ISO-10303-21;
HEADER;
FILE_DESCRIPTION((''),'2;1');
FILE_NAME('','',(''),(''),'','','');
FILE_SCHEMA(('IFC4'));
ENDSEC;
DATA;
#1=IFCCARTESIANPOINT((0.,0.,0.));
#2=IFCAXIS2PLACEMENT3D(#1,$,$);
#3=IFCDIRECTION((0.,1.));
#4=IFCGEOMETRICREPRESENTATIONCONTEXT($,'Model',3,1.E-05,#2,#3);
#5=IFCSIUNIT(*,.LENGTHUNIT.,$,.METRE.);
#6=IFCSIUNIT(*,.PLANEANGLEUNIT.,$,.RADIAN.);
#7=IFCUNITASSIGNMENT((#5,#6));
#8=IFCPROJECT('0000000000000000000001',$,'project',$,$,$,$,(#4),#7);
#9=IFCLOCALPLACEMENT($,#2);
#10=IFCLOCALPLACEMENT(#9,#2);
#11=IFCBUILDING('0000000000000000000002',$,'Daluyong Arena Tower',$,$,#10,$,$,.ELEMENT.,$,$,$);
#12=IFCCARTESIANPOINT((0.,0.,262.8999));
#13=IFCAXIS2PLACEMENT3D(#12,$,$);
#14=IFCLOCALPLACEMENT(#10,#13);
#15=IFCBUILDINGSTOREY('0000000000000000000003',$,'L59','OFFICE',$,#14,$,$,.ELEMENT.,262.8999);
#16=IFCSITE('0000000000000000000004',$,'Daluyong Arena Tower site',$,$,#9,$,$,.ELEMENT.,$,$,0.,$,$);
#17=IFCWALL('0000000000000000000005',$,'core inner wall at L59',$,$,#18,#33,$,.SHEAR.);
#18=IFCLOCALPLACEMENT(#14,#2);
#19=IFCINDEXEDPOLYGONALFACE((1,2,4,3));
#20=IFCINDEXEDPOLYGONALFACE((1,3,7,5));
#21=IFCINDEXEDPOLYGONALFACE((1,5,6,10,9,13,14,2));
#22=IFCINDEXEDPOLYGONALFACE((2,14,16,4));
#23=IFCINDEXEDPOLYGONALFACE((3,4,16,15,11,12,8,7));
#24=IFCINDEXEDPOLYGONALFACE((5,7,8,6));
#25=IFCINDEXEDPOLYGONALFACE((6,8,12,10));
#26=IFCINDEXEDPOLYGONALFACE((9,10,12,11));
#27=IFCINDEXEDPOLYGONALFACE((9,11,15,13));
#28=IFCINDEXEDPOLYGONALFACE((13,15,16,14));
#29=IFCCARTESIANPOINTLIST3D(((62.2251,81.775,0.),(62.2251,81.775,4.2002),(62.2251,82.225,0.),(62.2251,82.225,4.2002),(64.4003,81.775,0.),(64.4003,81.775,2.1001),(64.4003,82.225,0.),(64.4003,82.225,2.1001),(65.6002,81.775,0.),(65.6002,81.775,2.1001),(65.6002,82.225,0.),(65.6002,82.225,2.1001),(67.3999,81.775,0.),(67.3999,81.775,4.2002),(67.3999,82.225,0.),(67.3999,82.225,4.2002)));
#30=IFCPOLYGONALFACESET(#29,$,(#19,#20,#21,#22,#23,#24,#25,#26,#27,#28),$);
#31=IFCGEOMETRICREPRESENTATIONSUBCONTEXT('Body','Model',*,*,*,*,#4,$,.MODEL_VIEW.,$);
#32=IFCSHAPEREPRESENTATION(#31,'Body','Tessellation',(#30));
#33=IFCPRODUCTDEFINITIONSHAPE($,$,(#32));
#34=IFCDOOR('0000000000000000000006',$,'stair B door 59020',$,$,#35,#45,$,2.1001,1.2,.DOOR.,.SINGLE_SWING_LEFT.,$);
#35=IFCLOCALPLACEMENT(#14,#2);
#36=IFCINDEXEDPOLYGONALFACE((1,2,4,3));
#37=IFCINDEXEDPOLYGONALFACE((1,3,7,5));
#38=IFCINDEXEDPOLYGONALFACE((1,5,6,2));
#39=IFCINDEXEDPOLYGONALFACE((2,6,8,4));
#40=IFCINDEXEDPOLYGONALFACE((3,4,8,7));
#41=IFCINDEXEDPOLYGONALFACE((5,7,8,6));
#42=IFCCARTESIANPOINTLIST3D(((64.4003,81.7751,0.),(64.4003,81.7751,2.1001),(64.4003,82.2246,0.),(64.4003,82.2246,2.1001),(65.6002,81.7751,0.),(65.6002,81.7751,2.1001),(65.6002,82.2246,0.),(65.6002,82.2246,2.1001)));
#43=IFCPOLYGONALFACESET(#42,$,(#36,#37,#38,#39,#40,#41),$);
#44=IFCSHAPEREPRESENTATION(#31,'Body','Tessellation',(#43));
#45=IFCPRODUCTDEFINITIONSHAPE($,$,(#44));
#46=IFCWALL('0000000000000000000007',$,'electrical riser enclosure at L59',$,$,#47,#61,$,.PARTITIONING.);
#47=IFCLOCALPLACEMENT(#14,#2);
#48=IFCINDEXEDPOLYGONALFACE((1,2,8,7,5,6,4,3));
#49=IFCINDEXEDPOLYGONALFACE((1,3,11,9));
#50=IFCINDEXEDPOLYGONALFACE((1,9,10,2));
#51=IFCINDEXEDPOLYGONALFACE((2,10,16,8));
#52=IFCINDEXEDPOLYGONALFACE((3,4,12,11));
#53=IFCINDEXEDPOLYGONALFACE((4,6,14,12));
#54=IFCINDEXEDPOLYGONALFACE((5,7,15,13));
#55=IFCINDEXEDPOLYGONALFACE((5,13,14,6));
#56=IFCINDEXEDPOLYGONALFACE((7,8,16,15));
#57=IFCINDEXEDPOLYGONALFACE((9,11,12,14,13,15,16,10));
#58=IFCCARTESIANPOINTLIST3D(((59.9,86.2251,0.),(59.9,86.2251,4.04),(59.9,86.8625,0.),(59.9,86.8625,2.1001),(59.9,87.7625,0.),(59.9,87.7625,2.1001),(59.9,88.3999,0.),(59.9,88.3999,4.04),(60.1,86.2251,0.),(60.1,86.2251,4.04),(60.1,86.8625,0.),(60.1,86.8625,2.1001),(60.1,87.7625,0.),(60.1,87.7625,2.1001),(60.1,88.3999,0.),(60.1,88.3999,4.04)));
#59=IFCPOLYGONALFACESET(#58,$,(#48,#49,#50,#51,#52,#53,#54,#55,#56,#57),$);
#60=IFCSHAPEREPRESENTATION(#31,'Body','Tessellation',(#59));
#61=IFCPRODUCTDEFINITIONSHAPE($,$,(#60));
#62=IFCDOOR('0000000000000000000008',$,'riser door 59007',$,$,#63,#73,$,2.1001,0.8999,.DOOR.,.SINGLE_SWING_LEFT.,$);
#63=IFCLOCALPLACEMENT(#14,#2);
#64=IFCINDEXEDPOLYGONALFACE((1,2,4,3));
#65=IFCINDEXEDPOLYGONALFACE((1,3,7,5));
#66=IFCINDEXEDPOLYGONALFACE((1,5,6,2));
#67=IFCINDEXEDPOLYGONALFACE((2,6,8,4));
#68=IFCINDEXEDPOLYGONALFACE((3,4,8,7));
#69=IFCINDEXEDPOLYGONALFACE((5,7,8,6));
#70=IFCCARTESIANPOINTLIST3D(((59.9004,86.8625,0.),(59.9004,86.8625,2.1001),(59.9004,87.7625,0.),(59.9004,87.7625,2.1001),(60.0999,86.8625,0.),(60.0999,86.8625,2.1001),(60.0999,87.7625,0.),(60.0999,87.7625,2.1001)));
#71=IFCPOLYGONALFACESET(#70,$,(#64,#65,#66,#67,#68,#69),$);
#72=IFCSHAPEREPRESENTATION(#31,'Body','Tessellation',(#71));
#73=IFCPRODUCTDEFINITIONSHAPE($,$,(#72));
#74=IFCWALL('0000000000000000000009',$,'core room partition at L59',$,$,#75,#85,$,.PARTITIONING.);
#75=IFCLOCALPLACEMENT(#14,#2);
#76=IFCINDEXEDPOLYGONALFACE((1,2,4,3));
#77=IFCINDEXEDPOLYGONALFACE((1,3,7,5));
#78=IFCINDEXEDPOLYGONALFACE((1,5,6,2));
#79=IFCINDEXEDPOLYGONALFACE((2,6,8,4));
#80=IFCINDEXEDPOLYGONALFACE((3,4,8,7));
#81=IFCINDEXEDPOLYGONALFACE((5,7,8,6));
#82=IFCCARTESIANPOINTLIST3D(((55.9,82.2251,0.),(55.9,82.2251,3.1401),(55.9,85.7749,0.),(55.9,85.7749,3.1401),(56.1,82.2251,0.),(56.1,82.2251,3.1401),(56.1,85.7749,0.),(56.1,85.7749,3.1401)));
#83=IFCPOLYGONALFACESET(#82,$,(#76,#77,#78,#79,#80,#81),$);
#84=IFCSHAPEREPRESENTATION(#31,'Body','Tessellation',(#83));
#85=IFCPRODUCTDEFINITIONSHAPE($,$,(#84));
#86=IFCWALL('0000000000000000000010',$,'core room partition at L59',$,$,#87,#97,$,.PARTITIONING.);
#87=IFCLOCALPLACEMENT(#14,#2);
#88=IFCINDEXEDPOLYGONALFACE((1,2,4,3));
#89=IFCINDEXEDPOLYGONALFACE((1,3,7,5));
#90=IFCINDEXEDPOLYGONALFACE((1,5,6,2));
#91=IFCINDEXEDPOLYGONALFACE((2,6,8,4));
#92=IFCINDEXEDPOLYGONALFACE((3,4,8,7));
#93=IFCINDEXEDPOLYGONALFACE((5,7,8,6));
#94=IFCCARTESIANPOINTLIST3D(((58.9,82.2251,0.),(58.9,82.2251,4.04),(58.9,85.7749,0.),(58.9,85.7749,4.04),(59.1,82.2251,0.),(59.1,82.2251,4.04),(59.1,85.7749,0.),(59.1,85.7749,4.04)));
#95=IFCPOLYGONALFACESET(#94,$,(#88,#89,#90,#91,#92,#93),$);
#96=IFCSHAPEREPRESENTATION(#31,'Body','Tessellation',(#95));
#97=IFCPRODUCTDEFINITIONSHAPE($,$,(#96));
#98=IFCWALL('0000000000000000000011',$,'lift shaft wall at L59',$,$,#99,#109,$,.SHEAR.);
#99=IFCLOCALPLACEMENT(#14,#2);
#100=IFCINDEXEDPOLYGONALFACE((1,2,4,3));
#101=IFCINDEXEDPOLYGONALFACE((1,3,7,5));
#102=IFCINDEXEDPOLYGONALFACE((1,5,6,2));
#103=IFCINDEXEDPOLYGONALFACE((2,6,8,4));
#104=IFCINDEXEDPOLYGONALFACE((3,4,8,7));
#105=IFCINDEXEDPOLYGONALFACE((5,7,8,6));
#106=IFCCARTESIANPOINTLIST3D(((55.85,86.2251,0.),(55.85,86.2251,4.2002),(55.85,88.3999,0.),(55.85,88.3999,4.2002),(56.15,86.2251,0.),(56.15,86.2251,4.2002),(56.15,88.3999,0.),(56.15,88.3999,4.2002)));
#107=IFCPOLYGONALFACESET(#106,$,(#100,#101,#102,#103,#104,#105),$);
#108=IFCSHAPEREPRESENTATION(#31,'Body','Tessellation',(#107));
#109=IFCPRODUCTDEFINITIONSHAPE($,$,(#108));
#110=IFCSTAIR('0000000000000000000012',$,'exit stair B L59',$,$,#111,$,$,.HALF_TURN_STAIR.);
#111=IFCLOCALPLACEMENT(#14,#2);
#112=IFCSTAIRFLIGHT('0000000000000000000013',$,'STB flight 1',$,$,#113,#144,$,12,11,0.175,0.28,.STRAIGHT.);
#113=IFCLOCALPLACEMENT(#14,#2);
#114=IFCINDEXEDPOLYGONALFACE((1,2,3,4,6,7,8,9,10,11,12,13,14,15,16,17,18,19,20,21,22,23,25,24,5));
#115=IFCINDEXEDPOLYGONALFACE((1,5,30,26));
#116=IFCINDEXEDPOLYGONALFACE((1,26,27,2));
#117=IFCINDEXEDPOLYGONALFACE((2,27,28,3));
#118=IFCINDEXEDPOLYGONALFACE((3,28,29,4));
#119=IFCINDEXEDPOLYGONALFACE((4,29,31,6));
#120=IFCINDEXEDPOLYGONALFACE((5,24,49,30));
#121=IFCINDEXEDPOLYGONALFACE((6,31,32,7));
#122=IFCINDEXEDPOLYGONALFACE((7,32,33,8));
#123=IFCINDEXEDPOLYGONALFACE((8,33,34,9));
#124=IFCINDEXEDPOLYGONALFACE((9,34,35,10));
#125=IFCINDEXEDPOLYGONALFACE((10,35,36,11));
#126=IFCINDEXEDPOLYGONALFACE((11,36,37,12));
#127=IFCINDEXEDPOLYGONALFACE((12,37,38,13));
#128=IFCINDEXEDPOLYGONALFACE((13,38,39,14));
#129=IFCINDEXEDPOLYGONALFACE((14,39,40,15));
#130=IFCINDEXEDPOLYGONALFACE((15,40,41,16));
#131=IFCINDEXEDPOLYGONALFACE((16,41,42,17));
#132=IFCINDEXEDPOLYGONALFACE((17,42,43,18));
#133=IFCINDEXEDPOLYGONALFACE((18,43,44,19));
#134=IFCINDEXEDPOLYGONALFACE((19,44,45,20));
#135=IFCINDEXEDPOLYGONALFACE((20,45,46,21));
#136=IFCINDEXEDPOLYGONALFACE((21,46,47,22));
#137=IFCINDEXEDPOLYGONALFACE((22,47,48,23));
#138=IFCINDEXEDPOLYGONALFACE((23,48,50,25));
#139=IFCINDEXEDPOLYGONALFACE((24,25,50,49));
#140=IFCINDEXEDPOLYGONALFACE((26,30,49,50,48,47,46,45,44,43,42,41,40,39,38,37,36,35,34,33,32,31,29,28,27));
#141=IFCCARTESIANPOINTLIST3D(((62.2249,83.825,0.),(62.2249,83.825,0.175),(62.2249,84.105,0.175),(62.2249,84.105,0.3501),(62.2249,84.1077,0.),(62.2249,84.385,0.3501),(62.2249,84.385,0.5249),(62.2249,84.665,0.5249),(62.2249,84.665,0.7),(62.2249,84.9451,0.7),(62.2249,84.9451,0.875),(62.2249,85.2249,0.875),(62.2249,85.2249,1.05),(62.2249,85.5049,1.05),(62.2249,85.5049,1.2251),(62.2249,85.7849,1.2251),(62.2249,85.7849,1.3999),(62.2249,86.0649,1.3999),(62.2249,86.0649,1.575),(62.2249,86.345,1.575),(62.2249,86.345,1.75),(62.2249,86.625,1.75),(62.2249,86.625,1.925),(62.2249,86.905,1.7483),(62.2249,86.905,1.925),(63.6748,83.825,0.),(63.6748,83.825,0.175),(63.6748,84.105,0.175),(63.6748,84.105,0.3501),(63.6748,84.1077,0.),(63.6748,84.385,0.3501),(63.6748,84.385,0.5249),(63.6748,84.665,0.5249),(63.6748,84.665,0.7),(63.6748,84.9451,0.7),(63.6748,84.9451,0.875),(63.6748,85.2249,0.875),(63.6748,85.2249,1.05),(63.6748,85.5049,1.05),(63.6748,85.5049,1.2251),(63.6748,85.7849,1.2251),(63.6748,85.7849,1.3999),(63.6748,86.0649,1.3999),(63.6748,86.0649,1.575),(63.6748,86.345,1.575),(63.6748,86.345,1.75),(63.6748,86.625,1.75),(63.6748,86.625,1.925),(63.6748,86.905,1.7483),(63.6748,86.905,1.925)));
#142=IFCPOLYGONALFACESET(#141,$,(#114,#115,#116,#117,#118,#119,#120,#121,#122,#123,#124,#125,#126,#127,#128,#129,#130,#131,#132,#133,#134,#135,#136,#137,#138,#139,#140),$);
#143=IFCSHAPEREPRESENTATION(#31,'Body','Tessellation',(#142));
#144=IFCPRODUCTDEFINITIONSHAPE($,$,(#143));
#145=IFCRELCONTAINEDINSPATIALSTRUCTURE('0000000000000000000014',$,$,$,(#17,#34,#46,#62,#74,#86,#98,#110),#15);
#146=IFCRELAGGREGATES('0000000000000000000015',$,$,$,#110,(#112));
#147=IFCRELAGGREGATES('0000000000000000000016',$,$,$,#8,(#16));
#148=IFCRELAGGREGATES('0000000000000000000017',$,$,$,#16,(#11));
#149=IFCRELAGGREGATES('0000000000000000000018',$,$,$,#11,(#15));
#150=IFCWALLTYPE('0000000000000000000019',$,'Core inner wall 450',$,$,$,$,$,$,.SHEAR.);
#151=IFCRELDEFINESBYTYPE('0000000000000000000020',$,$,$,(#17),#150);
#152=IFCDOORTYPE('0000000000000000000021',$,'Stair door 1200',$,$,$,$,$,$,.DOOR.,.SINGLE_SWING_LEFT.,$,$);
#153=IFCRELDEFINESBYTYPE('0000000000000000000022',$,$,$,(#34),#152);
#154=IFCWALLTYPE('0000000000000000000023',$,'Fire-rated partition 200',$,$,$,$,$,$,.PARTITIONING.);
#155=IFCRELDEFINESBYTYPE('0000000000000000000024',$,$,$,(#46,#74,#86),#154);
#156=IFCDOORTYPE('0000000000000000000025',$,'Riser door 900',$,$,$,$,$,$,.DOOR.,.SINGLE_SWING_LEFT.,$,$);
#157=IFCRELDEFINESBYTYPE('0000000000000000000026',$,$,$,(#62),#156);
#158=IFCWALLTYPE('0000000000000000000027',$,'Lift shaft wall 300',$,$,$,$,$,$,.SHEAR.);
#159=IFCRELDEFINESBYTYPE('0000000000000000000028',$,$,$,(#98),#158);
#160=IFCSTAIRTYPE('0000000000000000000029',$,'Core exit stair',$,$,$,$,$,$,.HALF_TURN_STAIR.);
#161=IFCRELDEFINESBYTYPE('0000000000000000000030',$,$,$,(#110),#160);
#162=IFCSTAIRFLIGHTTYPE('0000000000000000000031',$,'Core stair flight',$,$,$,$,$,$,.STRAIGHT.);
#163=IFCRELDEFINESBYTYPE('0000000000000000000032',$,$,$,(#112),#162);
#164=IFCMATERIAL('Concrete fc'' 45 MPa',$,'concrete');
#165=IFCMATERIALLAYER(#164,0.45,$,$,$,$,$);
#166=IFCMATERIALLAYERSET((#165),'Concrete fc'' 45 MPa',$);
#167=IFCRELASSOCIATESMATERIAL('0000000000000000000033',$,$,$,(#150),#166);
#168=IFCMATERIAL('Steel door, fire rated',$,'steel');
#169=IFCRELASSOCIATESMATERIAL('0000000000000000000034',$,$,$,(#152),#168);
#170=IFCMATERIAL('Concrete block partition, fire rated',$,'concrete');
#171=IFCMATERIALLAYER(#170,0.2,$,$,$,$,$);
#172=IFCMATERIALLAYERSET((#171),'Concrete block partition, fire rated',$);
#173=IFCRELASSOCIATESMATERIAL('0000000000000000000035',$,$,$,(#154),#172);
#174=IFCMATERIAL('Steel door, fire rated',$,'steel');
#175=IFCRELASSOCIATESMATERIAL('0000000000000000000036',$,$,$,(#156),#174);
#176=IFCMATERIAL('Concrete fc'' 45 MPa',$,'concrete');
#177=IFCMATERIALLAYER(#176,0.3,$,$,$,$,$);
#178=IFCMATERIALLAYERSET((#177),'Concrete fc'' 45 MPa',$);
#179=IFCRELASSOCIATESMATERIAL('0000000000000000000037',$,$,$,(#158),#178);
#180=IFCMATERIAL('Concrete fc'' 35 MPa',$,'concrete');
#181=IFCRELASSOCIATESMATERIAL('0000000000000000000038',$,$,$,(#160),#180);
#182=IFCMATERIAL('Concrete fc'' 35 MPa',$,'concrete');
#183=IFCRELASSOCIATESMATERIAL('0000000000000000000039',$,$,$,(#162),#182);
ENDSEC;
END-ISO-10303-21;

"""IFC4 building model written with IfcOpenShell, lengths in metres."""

from ifc_helpers import new_model, si_unit, direction, frame, frame_2d, origin, place, context, subcontext, project, spatial, polyline, rectangle, outline, extrude, material, layer, layer_set, type_object, element, fill, aggregate, save


model = new_model("IFC4")

# Units and contexts
model_context = context("Model", 3, precision=1e-05, world=origin(), true_north=direction((0.0, 1.0)))
body_context = subcontext(model_context, "Body", "Model", "MODEL_VIEW")
ifc_project = project(units=[si_unit("LENGTHUNIT", "METRE"), si_unit("PLANEANGLEUNIT", "RADIAN")], contexts=[model_context])

# Site, building, storey
site_placement = place(None, origin())
site = spatial("IfcSite", under=ifc_project, at=site_placement, Name="Daluyong Arena Tower site", CompositionType="ELEMENT", RefElevation=0.0)
building_placement = place(site_placement, origin())
building = spatial("IfcBuilding", under=site, at=building_placement, Name="Daluyong Arena Tower", CompositionType="ELEMENT")
storey_placement = place(building_placement, frame((0.0, 0.0, 262.8999)))
storey = spatial("IfcBuildingStorey", under=building, at=storey_placement, Name="L59", Description="OFFICE", CompositionType="ELEMENT", Elevation=262.8999)

# Walls, openings, doors
ifc_material_1 = material(Name="Concrete fc' 45 MPa", Category="concrete")
ifc_layer_1 = layer(ifc_material_1, 0.45)
ifc_layer_set_1 = layer_set([ifc_layer_1], Name="Concrete fc' 45 MPa")
wall_type_1 = type_object("IfcWallType", Name="Core inner wall 450", PredefinedType="SHEAR", material=ifc_layer_set_1)
wall_1_placement = place(storey_placement, frame((62.2251, 82.0, 0.0), z_axis=(0.0, 0.0, 1.0), x_axis=(1.0, 0.0, 0.0)))
wall_1 = element("IfcWall", 1, at=wall_1_placement, inside=storey, type_object=wall_type_1, Name="core inner wall at L59", PredefinedType="SHEAR", context=body_context, shape_type="SweptSolid", body=[
    extrude(rectangle(XDim=5.1748, YDim=0.45, at=frame_2d((2.5874, 0.0))), origin(), (0.0, 0.0, 1.0), 4.2002),
])
opening_1_placement = place(wall_1_placement, frame((2.175, 0.0, 0.0)))
opening_1 = element("IfcOpeningElement", 2, at=opening_1_placement, cuts=wall_1, PredefinedType="OPENING", context=body_context, shape_type="SweptSolid", body=[
    extrude(rectangle(XDim=1.2, YDim=2.1001, at=frame_2d((0.6001, 1.05))), frame((0.0, 0.2349, 0.0), z_axis=(0.0, -1.0, 0.0), x_axis=(1.0, 0.0, 0.0)), (0.0, 0.0, 1.0), 0.47),
])
ifc_material_2 = material(Name="Steel door, fire rated", Category="steel")
door_type_1 = type_object("IfcDoorType", Name="Stair door 1200", OperationType="SINGLE_SWING_LEFT", PredefinedType="DOOR", material=ifc_material_2)
door_1_placement = place(opening_1_placement, origin())
door_1 = element("IfcDoor", 3, at=door_1_placement, inside=storey, type_object=door_type_1, Name="stair B door 59020", OperationType="SINGLE_SWING_LEFT", OverallHeight=2.1001, OverallWidth=1.2, PredefinedType="DOOR", context=body_context, shape_type="SweptSolid", body=[
    extrude(rectangle(XDim=1.2, YDim=2.1001, at=frame_2d((0.6001, 1.05))), frame((0.0, 0.2246, 0.0), z_axis=(0.0, -1.0, 0.0), x_axis=(1.0, 0.0, 0.0)), (0.0, 0.0, 1.0), 0.4495),
])
fill(opening_1, door_1)
ifc_material_3 = material(Name="Concrete block partition, fire rated", Category="concrete")
ifc_layer_2 = layer(ifc_material_3, 0.2)
ifc_layer_set_2 = layer_set([ifc_layer_2], Name="Concrete block partition, fire rated")
wall_type_2 = type_object("IfcWallType", Name="Fire-rated partition 200", PredefinedType="PARTITIONING", material=ifc_layer_set_2)
wall_2_placement = place(storey_placement, frame((60.0, 86.2251, 0.0), z_axis=(0.0, 0.0, 1.0), x_axis=(0.0, 1.0, 0.0)))
wall_2 = element("IfcWall", 4, at=wall_2_placement, inside=storey, type_object=wall_type_2, Name="electrical riser enclosure at L59", PredefinedType="PARTITIONING", context=body_context, shape_type="SweptSolid", body=[
    extrude(rectangle(XDim=2.1748, YDim=0.2, at=frame_2d((1.0874, 0.0))), origin(), (0.0, 0.0, 1.0), 4.04),
])
opening_2_placement = place(wall_2_placement, frame((0.6375, 0.0, 0.0)))
opening_2 = element("IfcOpeningElement", 5, at=opening_2_placement, cuts=wall_2, PredefinedType="OPENING", context=body_context, shape_type="SweptSolid", body=[
    extrude(rectangle(XDim=0.8999, YDim=2.1001, at=frame_2d((0.45, 1.05))), frame((0.0, 0.1099, 0.0), z_axis=(0.0, -1.0, 0.0), x_axis=(1.0, 0.0, 0.0)), (0.0, 0.0, 1.0), 0.22),
])
ifc_material_4 = material(Name="Steel door, fire rated", Category="steel")
door_type_2 = type_object("IfcDoorType", Name="Riser door 900", OperationType="SINGLE_SWING_LEFT", PredefinedType="DOOR", material=ifc_material_4)
door_2_placement = place(opening_2_placement, origin())
door_2 = element("IfcDoor", 6, at=door_2_placement, inside=storey, type_object=door_type_2, Name="riser door 59007", OperationType="SINGLE_SWING_LEFT", OverallHeight=2.1001, OverallWidth=0.8999, PredefinedType="DOOR", context=body_context, shape_type="SweptSolid", body=[
    extrude(rectangle(XDim=0.8999, YDim=2.1001, at=frame_2d((0.45, 1.05))), frame((0.0, 0.0996, 0.0), z_axis=(0.0, -1.0, 0.0), x_axis=(1.0, 0.0, 0.0)), (0.0, 0.0, 1.0), 0.1995),
])
fill(opening_2, door_2)

# Walls
wall_3_placement = place(storey_placement, frame((56.0, 82.2251, 0.0), z_axis=(0.0, 0.0, 1.0), x_axis=(0.0, 1.0, 0.0)))
element("IfcWall", 7, at=wall_3_placement, inside=storey, type_object=wall_type_2, Name="core room partition at L59", PredefinedType="PARTITIONING", context=body_context, shape_type="SweptSolid", body=[
    extrude(rectangle(XDim=3.5498, YDim=0.2, at=frame_2d((1.7749, 0.0))), origin(), (0.0, 0.0, 1.0), 3.1401),
])
wall_4_placement = place(storey_placement, frame((59.0, 82.2251, 0.0), z_axis=(0.0, 0.0, 1.0), x_axis=(0.0, 1.0, 0.0)))
element("IfcWall", 8, at=wall_4_placement, inside=storey, type_object=wall_type_2, Name="core room partition at L59", PredefinedType="PARTITIONING", context=body_context, shape_type="SweptSolid", body=[
    extrude(rectangle(XDim=3.5498, YDim=0.2, at=frame_2d((1.7749, 0.0))), origin(), (0.0, 0.0, 1.0), 4.04),
])
ifc_material_5 = material(Name="Concrete fc' 45 MPa", Category="concrete")
ifc_layer_3 = layer(ifc_material_5, 0.3)
ifc_layer_set_3 = layer_set([ifc_layer_3], Name="Concrete fc' 45 MPa")
wall_type_3 = type_object("IfcWallType", Name="Lift shaft wall 300", PredefinedType="SHEAR", material=ifc_layer_set_3)
wall_5_placement = place(storey_placement, frame((56.0, 86.2251, 0.0), z_axis=(0.0, 0.0, 1.0), x_axis=(0.0, 1.0, 0.0)))
element("IfcWall", 9, at=wall_5_placement, inside=storey, type_object=wall_type_3, Name="lift shaft wall at L59", PredefinedType="SHEAR", context=body_context, shape_type="SweptSolid", body=[
    extrude(rectangle(XDim=2.1748, YDim=0.3, at=frame_2d((1.0874, 0.0))), origin(), (0.0, 0.0, 1.0), 4.2002),
])

# Stair, stair flight
ifc_material_6 = material(Name="Concrete fc' 35 MPa", Category="concrete")
stair_type = type_object("IfcStairType", Name="Core exit stair", PredefinedType="HALF_TURN_STAIR", material=ifc_material_6)
stair_placement = place(storey_placement, origin())
stair = element("IfcStair", 10, at=stair_placement, inside=storey, type_object=stair_type, Name="exit stair B L59", PredefinedType="HALF_TURN_STAIR")
ifc_material_7 = material(Name="Concrete fc' 35 MPa", Category="concrete")
stair_flight_type = type_object("IfcStairFlightType", Name="Core stair flight", PredefinedType="STRAIGHT", material=ifc_material_7)
stair_flight_placement = place(storey_placement, frame((62.95, 83.825, 0.0), z_axis=(0.0, 0.0, 1.0), x_axis=(0.0, 1.0, 0.0)))
stair_flight = element("IfcStairFlight", 11, at=stair_flight_placement, type_object=stair_flight_type, Name="STB flight 1", NumberOfRisers=12, NumberOfTreads=11, PredefinedType="STRAIGHT", RiserHeight=0.175, TreadLength=0.28, context=body_context, shape_type="SweptSolid", body=[
    extrude(outline(polyline([(0.0, 0.0), (0.0, 0.175), (0.28, 0.175), (0.28, 0.3501), (0.5601, 0.3501), (0.5601, 0.5249), (0.8401, 0.5249), (0.8401, 0.7), (1.1201, 0.7), (1.1201, 0.875), (1.3999, 0.875), (1.3999, 1.05), (1.6799, 1.05), (1.6799, 1.2251), (1.96, 1.2251), (1.96, 1.3999), (2.24, 1.3999), (2.24, 1.575), (2.52, 1.575), (2.52, 1.75), (2.8, 1.75), (2.8, 1.925), (3.0801, 1.925), (3.0801, 2.1001), (3.0801, 1.7483), (0.2827, 0.0), (0.0, 0.0)])), frame((0.0, 0.7251, 0.0), z_axis=(0.0, -1.0, 0.0), x_axis=(1.0, 0.0, 0.0)), (0.0, 0.0, 1.0), 1.45),
])
aggregate(stair, [stair_flight])

save(model, "model.ifc")
